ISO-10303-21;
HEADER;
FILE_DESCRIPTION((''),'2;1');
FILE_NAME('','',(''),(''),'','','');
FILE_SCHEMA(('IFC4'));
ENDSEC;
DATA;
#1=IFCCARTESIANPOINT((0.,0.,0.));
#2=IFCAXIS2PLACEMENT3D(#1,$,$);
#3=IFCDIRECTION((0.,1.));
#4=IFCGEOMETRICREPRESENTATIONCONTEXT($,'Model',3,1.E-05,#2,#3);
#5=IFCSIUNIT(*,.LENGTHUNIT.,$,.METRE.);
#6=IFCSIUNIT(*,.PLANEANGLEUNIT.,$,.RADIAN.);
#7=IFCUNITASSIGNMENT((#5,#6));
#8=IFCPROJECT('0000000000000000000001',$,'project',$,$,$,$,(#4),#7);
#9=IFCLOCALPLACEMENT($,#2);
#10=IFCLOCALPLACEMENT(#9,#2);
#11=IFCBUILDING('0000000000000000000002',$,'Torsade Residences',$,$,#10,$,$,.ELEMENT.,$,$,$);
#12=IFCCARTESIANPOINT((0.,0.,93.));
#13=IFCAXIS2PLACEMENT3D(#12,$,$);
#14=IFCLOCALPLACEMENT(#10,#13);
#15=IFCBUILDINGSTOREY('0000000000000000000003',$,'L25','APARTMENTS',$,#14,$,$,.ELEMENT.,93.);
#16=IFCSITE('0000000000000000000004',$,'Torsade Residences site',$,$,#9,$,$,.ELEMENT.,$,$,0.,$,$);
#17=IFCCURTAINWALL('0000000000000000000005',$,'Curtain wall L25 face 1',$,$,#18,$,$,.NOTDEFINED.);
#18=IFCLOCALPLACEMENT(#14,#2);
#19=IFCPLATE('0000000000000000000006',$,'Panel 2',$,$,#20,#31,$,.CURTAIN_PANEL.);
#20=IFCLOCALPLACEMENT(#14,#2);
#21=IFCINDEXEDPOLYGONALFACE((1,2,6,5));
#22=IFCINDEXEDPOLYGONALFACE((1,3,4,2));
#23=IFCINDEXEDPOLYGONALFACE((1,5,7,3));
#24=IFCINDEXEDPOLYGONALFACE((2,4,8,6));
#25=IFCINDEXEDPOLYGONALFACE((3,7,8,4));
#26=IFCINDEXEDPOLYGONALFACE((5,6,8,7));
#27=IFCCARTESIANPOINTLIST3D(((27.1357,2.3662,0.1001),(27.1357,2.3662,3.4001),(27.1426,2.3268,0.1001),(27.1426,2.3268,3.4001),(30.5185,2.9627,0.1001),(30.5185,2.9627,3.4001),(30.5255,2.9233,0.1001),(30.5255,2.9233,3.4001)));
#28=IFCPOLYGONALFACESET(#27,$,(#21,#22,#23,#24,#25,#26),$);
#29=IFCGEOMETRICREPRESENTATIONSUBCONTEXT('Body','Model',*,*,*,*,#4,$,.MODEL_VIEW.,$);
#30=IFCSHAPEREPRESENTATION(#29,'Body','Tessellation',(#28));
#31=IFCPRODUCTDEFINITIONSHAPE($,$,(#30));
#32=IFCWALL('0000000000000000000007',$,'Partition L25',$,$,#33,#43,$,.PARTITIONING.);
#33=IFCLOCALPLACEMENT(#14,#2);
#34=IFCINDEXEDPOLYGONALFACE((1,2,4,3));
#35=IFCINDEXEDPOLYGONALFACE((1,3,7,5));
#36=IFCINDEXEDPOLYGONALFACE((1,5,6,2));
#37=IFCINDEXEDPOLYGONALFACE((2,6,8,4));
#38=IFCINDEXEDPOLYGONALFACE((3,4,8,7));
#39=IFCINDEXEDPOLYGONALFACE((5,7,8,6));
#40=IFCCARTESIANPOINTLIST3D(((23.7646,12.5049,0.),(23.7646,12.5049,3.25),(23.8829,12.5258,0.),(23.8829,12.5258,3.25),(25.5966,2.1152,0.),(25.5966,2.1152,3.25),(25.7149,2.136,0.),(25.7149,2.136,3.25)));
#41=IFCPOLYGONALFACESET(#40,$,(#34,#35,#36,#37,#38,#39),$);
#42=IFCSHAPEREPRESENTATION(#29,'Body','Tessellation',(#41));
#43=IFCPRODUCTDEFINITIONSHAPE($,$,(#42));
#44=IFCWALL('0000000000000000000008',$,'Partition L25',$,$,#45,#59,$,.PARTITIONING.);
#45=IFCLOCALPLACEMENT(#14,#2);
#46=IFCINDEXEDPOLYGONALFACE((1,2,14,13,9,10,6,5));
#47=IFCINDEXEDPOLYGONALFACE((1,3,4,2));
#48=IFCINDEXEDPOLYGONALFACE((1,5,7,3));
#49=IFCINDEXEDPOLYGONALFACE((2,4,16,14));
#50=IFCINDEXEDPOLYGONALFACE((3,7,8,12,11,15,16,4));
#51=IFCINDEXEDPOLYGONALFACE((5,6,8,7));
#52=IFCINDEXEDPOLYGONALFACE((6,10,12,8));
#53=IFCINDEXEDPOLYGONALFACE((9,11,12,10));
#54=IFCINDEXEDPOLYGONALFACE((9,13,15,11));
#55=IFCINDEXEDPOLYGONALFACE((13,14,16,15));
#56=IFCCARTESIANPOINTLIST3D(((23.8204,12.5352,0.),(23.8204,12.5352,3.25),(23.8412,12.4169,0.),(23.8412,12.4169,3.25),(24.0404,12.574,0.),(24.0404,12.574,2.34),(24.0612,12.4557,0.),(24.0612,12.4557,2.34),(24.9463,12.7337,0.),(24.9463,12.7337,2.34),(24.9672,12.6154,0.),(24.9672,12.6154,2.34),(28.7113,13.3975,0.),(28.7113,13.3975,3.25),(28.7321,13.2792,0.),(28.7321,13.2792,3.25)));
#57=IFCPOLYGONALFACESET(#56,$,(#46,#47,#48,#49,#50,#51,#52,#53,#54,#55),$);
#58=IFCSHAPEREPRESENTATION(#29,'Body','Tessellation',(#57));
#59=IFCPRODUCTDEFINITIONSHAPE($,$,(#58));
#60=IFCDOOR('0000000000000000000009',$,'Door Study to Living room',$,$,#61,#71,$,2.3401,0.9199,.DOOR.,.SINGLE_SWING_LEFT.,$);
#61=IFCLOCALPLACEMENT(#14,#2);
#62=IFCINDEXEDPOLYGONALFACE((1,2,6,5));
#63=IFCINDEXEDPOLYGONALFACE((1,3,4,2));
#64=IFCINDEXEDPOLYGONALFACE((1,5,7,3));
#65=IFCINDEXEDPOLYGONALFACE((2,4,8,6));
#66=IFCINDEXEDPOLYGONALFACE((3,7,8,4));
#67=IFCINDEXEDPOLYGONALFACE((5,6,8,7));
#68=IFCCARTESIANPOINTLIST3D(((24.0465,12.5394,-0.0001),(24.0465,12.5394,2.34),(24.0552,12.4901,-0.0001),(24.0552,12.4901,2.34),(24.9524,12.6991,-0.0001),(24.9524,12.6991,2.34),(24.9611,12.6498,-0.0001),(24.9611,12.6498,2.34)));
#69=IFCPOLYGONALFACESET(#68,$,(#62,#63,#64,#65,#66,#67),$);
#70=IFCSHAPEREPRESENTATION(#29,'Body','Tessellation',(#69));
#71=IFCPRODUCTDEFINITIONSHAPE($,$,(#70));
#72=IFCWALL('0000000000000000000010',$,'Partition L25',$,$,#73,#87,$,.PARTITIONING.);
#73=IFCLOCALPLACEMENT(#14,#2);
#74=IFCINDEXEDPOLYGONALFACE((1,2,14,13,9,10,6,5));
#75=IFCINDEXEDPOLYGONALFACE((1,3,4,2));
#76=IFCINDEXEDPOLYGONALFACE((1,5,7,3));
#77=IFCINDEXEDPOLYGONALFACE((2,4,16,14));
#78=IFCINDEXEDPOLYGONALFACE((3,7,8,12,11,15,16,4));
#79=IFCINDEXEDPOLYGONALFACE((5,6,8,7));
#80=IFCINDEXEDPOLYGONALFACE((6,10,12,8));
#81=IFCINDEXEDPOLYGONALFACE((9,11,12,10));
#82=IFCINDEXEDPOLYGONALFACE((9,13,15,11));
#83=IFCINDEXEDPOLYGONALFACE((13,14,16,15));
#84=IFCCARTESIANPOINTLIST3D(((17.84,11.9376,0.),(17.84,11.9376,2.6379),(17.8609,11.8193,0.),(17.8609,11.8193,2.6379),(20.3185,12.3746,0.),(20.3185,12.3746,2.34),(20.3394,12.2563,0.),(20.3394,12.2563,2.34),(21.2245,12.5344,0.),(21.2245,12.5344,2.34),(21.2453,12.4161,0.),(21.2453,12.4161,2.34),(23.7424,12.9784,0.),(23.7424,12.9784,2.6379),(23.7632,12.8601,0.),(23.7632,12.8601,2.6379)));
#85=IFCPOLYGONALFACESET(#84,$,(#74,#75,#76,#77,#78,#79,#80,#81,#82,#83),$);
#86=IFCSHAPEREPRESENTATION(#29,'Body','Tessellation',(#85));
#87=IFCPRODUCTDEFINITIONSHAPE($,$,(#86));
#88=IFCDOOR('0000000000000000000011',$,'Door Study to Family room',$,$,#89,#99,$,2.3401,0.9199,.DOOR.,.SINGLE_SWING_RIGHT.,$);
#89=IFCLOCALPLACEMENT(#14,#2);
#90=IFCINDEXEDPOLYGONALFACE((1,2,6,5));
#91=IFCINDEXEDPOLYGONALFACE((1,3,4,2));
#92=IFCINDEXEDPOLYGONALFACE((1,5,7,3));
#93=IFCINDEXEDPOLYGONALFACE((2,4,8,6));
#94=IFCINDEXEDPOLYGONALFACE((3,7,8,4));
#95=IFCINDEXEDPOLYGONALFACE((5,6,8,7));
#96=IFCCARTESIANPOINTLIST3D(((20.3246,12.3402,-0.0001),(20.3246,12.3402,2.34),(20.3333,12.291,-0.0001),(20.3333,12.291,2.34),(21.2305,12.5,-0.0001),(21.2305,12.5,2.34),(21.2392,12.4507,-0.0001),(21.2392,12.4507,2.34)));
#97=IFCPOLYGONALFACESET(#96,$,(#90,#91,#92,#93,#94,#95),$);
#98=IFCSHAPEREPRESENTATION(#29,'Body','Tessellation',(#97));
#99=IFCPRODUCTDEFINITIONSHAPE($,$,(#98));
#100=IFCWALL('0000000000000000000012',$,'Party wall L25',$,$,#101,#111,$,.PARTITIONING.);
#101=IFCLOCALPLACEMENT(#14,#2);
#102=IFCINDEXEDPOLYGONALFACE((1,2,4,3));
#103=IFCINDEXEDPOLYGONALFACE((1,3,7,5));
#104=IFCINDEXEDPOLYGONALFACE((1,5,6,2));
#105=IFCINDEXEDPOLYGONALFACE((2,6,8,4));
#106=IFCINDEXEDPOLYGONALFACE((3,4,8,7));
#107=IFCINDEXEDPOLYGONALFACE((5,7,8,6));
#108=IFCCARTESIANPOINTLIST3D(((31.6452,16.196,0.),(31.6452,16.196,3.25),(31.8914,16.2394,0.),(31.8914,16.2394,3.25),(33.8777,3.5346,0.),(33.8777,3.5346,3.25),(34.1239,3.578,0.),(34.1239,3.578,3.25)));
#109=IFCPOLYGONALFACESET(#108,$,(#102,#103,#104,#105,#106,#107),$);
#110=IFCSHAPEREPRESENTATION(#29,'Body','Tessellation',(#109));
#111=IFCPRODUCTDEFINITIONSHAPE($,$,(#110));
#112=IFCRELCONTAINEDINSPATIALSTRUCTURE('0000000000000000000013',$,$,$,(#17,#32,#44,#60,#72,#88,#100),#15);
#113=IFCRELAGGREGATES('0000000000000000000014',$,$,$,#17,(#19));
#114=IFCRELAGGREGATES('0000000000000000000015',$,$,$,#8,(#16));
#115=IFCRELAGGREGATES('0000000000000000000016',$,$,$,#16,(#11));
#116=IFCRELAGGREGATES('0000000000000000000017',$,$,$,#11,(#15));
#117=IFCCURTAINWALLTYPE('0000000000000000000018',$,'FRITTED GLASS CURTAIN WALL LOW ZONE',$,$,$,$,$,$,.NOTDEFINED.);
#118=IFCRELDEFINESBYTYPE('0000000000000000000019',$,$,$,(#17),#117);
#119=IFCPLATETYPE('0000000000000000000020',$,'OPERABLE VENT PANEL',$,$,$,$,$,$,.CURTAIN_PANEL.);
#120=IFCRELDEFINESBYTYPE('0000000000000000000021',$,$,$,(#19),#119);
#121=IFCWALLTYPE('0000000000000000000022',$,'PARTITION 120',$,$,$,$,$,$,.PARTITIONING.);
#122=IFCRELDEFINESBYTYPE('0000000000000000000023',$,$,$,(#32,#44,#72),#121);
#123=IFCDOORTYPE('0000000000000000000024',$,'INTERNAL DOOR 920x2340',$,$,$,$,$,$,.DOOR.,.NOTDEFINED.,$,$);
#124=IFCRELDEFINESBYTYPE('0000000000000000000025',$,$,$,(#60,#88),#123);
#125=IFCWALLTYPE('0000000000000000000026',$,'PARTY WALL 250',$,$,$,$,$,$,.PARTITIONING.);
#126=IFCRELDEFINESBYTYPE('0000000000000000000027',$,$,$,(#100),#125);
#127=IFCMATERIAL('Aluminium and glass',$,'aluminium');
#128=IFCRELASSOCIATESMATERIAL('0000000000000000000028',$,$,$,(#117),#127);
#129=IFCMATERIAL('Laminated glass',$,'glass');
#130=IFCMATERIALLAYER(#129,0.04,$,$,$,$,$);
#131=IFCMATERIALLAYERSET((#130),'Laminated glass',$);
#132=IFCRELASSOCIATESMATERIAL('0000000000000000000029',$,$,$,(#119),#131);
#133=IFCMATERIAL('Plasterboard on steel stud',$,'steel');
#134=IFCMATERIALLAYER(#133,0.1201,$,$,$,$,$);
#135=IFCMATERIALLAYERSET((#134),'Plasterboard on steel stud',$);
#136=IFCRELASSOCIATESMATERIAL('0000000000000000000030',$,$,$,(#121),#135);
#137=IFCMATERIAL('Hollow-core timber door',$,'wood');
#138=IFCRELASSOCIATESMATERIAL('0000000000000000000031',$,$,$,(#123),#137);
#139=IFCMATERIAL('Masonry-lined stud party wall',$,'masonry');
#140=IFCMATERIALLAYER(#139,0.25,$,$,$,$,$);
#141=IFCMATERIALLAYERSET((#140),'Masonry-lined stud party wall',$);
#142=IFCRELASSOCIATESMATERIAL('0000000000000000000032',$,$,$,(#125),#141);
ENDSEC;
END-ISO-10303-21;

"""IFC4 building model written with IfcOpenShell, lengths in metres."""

from ifc_helpers import new_model, si_unit, direction, frame, frame_2d, origin, origin_2d, place, context, subcontext, project, spatial, rectangle, extrude, material, layer, layer_set, type_object, element, fill, aggregate, save


model = new_model("IFC4")

# Units and contexts
model_context = context("Model", 3, precision=1e-05, world=origin(), true_north=direction((0.0, 1.0)))
body_context = subcontext(model_context, "Body", "Model", "MODEL_VIEW")
ifc_project = project(units=[si_unit("LENGTHUNIT", "METRE"), si_unit("PLANEANGLEUNIT", "RADIAN")], contexts=[model_context])

# Site, building, storey
site_placement = place(None, origin())
site = spatial("IfcSite", under=ifc_project, at=site_placement, Name="Torsade Residences site", CompositionType="ELEMENT", RefElevation=0.0)
building_placement = place(site_placement, origin())
building = spatial("IfcBuilding", under=site, at=building_placement, Name="Torsade Residences", CompositionType="ELEMENT")
storey_placement = place(building_placement, frame((0.0, 0.0, 93.0)))
storey = spatial("IfcBuildingStorey", under=building, at=storey_placement, Name="L25", Description="APARTMENTS", CompositionType="ELEMENT", Elevation=93.0)

# Curtain wall
ifc_material_1 = material(Name="Aluminium and glass", Category="aluminium")
curtain_wall_type = type_object("IfcCurtainWallType", Name="FRITTED GLASS CURTAIN WALL LOW ZONE", PredefinedType="NOTDEFINED", material=ifc_material_1)
curtain_wall_placement = place(storey_placement, origin())
curtain_wall = element("IfcCurtainWall", 1, at=curtain_wall_placement, inside=storey, type_object=curtain_wall_type, Name="Curtain wall L25 face 1", PredefinedType="NOTDEFINED")

# Plate
ifc_material_2 = material(Name="Laminated glass", Category="glass")
ifc_layer_1 = layer(ifc_material_2, 0.04)
ifc_layer_set_1 = layer_set([ifc_layer_1], Name="Laminated glass")
plate_type_1 = type_object("IfcPlateType", Name="OPERABLE VENT PANEL", PredefinedType="CURTAIN_PANEL", material=ifc_layer_set_1)
plate_1_placement = place(storey_placement, frame((28.8306, 2.6448, 0.1001), z_axis=(0.0, 0.0, 1.0), x_axis=(0.984808, 0.173648, 0.0)))
plate_1 = element("IfcPlate", 2, at=plate_1_placement, type_object=plate_type_1, Name="Panel 2", PredefinedType="CURTAIN_PANEL", context=body_context, shape_type="SweptSolid", body=[
    extrude(rectangle(XDim=3.4351, YDim=0.04, at=origin_2d()), origin(), (0.0, 0.0, 1.0), 3.3),
])
aggregate(curtain_wall, [plate_1])

# Wall
ifc_material_3 = material(Name="Plasterboard on steel stud", Category="steel")
ifc_layer_2 = layer(ifc_material_3, 0.1201)
ifc_layer_set_2 = layer_set([ifc_layer_2], Name="Plasterboard on steel stud")
wall_type_1 = type_object("IfcWallType", Name="PARTITION 120", PredefinedType="PARTITIONING", material=ifc_layer_set_2)
wall_1_placement = place(storey_placement, frame((25.6558, 2.1257, 0.0), z_axis=(0.0, 0.0, 1.0), x_axis=(-0.173653, 0.984807, 0.0)))
element("IfcWall", 3, at=wall_1_placement, inside=storey, type_object=wall_type_1, Name="Partition L25", PredefinedType="PARTITIONING", context=body_context, shape_type="SweptSolid", body=[
    extrude(rectangle(XDim=10.55, YDim=0.1201, at=frame_2d((5.2749, 0.0))), origin(), (0.0, 0.0, 1.0), 3.25),
])

# Walls, openings, doors
wall_2_placement = place(storey_placement, frame((23.8308, 12.4761, 0.0), z_axis=(0.0, 0.0, 1.0), x_axis=(0.984811, 0.173631, 0.0)))
wall_2 = element("IfcWall", 4, at=wall_2_placement, inside=storey, type_object=wall_type_1, Name="Partition L25", PredefinedType="PARTITIONING", context=body_context, shape_type="SweptSolid", body=[
    extrude(rectangle(XDim=4.9663, YDim=0.1201, at=frame_2d((2.4832, 0.0))), origin(), (0.0, 0.0, 1.0), 3.25),
])
opening_1_placement = place(wall_2_placement, frame((0.2234, 0.0, 0.0)))
opening_1 = element("IfcOpeningElement", 5, at=opening_1_placement, cuts=wall_2, PredefinedType="OPENING", context=body_context, shape_type="SweptSolid", body=[
    extrude(rectangle(XDim=0.9199, YDim=2.3401, at=frame_2d((0.46, 1.1699))), frame((0.0, 0.0701, 0.0), z_axis=(0.0, -1.0, 0.0), x_axis=(1.0, 0.0, 0.0)), (0.0, 0.0, 1.0), 0.1401),
])
ifc_material_4 = material(Name="Hollow-core timber door", Category="wood")
door_type = type_object("IfcDoorType", Name="INTERNAL DOOR 920x2340", OperationType="NOTDEFINED", PredefinedType="DOOR", material=ifc_material_4)
door_1_placement = place(opening_1_placement, origin())
door_1 = element("IfcDoor", 6, at=door_1_placement, inside=storey, type_object=door_type, Name="Door Study to Living room", OperationType="SINGLE_SWING_LEFT", OverallHeight=2.3401, OverallWidth=0.9199, PredefinedType="DOOR", context=body_context, shape_type="SweptSolid", body=[
    extrude(rectangle(XDim=0.9199, YDim=2.3401, at=frame_2d((0.46, 1.1699))), frame((0.0, 0.0249, 0.0), z_axis=(0.0, -1.0, 0.0), x_axis=(1.0, 0.0, 0.0)), (0.0, 0.0, 1.0), 0.05),
])
fill(opening_1, door_1)
wall_3_placement = place(storey_placement, frame((23.7527, 12.9192, 0.0), z_axis=(0.0, 0.0, 1.0), x_axis=(-0.984807, -0.173653, 0.0)))
wall_3 = element("IfcWall", 7, at=wall_3_placement, inside=storey, type_object=wall_type_1, Name="Partition L25", PredefinedType="PARTITIONING", context=body_context, shape_type="SweptSolid", body=[
    extrude(rectangle(XDim=5.9934, YDim=0.1201, at=frame_2d((2.9966, 0.0))), origin(), (0.0, 0.0, 1.0), 2.6379),
])
opening_2_placement = place(wall_3_placement, frame((2.5566, 0.0, 0.0)))
opening_2 = element("IfcOpeningElement", 8, at=opening_2_placement, cuts=wall_3, PredefinedType="OPENING", context=body_context, shape_type="SweptSolid", body=[
    extrude(rectangle(XDim=0.9199, YDim=2.3401, at=frame_2d((0.46, 1.1699))), frame((0.0, 0.0701, 0.0), z_axis=(0.0, -1.0, 0.0), x_axis=(1.0, 0.0, 0.0)), (0.0, 0.0, 1.0), 0.1401),
])
door_2_placement = place(opening_2_placement, origin())
door_2 = element("IfcDoor", 9, at=door_2_placement, inside=storey, type_object=door_type, Name="Door Study to Family room", OperationType="SINGLE_SWING_RIGHT", OverallHeight=2.3401, OverallWidth=0.9199, PredefinedType="DOOR", context=body_context, shape_type="SweptSolid", body=[
    extrude(rectangle(XDim=0.9199, YDim=2.3401, at=frame_2d((0.46, 1.1699))), frame((0.0, 0.0249, 0.0), z_axis=(0.0, -1.0, 0.0), x_axis=(1.0, 0.0, 0.0)), (0.0, 0.0, 1.0), 0.05),
])
fill(opening_2, door_2)

# Wall
ifc_material_5 = material(Name="Masonry-lined stud party wall", Category="masonry")
ifc_layer_3 = layer(ifc_material_5, 0.25)
ifc_layer_set_3 = layer_set([ifc_layer_3], Name="Masonry-lined stud party wall")
wall_type_2 = type_object("IfcWallType", Name="PARTY WALL 250", PredefinedType="PARTITIONING", material=ifc_layer_set_3)
wall_4_placement = place(storey_placement, frame((34.0007, 3.5564, 0.0), z_axis=(0.0, 0.0, 1.0), x_axis=(-0.173639, 0.984809, 0.0)))
element("IfcWall", 10, at=wall_4_placement, inside=storey, type_object=wall_type_2, Name="Party wall L25", PredefinedType="PARTITIONING", context=body_context, shape_type="SweptSolid", body=[
    extrude(rectangle(XDim=12.8567, YDim=0.25, at=frame_2d((6.4282, 0.0))), origin(), (0.0, 0.0, 1.0), 3.25),
])

save(model, "model.ifc")
